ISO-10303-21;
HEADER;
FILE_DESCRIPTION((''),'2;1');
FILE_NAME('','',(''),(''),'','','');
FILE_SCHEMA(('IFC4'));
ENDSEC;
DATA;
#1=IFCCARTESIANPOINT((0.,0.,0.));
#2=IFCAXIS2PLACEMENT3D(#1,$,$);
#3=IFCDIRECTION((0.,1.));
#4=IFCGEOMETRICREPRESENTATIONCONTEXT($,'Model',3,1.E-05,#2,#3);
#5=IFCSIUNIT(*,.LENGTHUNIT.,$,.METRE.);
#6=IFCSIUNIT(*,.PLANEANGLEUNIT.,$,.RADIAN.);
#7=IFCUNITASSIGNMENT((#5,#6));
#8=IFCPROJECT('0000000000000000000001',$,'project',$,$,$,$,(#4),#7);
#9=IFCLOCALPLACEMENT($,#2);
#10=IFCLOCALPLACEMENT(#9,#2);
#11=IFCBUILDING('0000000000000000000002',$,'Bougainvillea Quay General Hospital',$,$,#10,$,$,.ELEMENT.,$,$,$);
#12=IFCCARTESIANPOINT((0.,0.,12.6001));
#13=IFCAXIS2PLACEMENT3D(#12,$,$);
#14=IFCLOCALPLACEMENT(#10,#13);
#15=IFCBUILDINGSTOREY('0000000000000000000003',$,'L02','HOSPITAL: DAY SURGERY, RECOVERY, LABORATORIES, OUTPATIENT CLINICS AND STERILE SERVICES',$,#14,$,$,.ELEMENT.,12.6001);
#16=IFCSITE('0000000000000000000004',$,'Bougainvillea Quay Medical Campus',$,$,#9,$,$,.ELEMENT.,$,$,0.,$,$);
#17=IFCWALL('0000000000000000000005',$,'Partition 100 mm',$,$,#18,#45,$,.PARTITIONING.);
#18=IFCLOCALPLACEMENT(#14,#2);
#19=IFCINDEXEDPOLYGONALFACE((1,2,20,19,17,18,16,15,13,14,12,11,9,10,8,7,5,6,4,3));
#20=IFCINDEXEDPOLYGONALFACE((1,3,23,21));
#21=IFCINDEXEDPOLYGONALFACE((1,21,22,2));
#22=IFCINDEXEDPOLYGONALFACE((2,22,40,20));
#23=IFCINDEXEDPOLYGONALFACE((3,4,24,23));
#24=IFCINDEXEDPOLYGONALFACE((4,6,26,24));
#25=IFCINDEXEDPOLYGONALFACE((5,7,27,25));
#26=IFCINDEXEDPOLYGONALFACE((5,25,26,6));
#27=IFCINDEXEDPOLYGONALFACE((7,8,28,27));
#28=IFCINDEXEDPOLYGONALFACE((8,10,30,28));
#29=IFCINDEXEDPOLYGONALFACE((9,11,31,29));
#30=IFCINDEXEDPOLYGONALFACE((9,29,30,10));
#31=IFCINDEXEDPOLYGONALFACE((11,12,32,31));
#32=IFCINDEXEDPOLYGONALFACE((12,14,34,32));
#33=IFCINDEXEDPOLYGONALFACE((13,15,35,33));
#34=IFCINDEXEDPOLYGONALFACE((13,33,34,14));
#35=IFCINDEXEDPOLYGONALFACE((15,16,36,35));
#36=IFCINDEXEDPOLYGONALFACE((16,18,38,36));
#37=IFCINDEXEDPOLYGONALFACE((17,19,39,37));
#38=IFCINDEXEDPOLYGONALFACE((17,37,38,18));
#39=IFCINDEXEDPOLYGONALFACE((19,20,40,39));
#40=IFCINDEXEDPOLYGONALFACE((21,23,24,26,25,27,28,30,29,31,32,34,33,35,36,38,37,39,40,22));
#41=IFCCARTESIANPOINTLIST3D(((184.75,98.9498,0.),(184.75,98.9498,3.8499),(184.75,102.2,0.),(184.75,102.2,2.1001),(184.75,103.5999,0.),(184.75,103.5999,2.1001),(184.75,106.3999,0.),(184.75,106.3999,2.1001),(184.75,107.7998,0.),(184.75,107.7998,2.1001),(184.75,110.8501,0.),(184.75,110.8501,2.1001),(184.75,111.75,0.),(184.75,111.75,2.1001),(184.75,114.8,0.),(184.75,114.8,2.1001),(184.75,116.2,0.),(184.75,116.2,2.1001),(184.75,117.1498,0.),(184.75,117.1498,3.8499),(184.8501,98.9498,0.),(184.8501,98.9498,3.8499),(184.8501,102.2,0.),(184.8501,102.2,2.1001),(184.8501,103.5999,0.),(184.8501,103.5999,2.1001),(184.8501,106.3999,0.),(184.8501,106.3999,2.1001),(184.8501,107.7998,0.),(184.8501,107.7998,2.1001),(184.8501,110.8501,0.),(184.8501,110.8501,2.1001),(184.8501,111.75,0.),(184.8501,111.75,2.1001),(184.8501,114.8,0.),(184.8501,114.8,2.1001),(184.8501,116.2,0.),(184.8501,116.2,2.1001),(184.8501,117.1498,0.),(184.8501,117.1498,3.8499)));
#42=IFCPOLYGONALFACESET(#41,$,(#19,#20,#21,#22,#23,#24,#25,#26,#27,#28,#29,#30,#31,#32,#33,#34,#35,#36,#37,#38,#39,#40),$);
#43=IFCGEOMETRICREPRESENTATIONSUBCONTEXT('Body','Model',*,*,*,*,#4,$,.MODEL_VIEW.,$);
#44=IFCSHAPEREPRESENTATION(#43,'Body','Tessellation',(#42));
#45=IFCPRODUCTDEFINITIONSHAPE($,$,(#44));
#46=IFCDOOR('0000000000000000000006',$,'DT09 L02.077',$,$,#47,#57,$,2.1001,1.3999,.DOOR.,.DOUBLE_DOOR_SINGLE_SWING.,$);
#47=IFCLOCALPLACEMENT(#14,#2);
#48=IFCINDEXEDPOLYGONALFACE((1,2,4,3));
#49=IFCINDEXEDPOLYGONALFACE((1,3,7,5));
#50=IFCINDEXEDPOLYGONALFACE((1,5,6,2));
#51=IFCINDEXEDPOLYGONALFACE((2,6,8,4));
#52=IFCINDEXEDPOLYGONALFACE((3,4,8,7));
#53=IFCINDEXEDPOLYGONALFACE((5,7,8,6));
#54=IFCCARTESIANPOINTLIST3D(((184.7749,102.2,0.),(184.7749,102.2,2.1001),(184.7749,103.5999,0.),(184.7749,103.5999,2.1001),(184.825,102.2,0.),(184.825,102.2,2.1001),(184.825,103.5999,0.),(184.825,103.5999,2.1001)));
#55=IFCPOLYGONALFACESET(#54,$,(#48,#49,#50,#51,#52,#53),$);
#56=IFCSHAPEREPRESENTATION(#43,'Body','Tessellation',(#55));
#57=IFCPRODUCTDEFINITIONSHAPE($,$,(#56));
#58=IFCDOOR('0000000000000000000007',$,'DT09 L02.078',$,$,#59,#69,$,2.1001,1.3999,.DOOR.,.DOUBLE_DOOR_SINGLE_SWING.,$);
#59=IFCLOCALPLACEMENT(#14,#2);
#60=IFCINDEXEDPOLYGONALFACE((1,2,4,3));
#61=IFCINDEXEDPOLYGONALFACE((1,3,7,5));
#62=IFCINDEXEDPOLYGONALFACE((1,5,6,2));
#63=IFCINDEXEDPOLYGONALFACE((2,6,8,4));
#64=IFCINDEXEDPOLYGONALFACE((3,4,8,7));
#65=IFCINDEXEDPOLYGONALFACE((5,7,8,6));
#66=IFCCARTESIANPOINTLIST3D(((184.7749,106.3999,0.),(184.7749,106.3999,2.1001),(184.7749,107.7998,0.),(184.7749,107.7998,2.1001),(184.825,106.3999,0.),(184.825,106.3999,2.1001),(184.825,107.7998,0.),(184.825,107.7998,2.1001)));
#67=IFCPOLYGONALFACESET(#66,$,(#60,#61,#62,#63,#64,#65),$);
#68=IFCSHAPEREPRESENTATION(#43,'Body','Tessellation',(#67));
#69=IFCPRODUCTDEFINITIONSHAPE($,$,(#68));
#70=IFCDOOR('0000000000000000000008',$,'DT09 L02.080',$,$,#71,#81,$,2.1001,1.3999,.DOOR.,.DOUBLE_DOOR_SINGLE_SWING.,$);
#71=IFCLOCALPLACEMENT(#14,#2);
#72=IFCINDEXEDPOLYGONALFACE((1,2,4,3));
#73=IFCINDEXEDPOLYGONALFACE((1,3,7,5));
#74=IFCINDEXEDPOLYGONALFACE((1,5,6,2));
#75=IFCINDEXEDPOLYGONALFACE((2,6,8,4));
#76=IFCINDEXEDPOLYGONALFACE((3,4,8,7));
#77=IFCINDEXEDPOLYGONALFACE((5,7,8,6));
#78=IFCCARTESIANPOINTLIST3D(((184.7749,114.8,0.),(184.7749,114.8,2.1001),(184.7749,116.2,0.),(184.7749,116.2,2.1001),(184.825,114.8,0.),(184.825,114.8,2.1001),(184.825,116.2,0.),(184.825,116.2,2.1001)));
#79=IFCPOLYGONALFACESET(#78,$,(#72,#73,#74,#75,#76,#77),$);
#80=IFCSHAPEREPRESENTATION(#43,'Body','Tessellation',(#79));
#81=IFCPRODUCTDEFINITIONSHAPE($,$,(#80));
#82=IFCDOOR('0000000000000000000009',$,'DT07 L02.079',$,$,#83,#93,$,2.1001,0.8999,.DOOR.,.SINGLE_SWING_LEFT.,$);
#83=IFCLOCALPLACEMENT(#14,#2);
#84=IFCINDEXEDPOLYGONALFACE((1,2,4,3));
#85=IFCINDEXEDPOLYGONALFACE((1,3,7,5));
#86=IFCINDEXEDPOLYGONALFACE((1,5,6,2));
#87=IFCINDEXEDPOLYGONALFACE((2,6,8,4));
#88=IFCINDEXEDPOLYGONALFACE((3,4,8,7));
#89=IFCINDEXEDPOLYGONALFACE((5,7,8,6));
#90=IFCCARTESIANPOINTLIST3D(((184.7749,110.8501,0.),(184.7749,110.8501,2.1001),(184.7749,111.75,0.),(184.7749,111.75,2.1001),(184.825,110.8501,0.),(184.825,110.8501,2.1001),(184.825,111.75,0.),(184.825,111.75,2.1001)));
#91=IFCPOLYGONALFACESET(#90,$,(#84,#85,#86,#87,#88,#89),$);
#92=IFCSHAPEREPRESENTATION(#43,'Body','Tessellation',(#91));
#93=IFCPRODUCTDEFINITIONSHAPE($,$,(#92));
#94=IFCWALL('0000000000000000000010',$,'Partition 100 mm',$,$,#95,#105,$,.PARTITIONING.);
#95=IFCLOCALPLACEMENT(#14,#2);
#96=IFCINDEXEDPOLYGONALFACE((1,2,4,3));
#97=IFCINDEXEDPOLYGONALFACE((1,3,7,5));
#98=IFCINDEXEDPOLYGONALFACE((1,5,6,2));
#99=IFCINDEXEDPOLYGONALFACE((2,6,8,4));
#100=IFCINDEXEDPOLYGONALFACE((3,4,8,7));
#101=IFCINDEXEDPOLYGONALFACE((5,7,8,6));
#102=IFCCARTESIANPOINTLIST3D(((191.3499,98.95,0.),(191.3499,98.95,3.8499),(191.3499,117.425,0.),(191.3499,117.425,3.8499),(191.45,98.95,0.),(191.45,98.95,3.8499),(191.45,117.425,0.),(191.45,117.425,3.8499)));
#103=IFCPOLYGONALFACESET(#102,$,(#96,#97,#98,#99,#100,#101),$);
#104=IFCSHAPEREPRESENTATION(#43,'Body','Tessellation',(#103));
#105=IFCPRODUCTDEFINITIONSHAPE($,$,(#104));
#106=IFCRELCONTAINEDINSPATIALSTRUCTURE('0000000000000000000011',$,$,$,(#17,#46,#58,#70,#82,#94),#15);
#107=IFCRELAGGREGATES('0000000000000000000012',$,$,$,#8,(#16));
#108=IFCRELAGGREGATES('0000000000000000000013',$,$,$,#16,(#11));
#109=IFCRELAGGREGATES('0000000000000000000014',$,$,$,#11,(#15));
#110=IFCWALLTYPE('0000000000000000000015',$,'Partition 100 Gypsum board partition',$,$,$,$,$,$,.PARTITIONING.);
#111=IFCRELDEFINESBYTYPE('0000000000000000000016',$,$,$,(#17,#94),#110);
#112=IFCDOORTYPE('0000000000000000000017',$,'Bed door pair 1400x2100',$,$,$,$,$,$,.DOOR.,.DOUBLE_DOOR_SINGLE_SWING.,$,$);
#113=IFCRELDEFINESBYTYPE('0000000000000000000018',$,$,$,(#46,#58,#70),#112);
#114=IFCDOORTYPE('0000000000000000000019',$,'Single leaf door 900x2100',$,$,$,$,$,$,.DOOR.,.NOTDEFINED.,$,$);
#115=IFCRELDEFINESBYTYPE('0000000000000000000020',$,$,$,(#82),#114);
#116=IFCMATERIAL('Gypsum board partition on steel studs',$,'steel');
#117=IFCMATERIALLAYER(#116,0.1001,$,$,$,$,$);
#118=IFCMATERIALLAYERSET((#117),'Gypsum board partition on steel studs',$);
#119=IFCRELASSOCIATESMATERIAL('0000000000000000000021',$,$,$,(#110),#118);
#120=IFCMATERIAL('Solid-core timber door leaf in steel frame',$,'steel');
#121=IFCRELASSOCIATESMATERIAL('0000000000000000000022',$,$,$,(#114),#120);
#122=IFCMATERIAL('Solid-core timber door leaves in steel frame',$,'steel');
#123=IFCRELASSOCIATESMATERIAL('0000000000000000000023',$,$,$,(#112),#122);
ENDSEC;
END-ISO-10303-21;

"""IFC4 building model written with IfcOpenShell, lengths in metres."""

from ifc_helpers import new_model, si_unit, direction, frame, frame_2d, origin, place, context, subcontext, project, spatial, rectangle, extrude, material, layer, layer_set, type_object, element, fill, save


model = new_model("IFC4")

# Units and contexts
model_context = context("Model", 3, precision=1e-05, world=origin(), true_north=direction((0.0, 1.0)))
body_context = subcontext(model_context, "Body", "Model", "MODEL_VIEW")
ifc_project = project(units=[si_unit("LENGTHUNIT", "METRE"), si_unit("PLANEANGLEUNIT", "RADIAN")], contexts=[model_context])

# Site, building, storey
site_placement = place(None, origin())
site = spatial("IfcSite", under=ifc_project, at=site_placement, Name="Bougainvillea Quay Medical Campus", CompositionType="ELEMENT", RefElevation=0.0)
building_placement = place(site_placement, origin())
building = spatial("IfcBuilding", under=site, at=building_placement, Name="Bougainvillea Quay General Hospital", CompositionType="ELEMENT")
storey_placement = place(building_placement, frame((0.0, 0.0, 12.6001)))
storey = spatial("IfcBuildingStorey", under=building, at=storey_placement, Name="L02", Description="HOSPITAL: DAY SURGERY, RECOVERY, LABORATORIES, OUTPATIENT CLINICS AND STERILE SERVICES", CompositionType="ELEMENT", Elevation=12.6001)

# Wall, openings, doors
ifc_material_1 = material(Name="Gypsum board partition on steel studs", Category="steel")
ifc_layer_1 = layer(ifc_material_1, 0.1001)
ifc_layer_set_1 = layer_set([ifc_layer_1], Name="Gypsum board partition on steel studs")
wall_type_1 = type_object("IfcWallType", Name="Partition 100 Gypsum board partition", PredefinedType="PARTITIONING", material=ifc_layer_set_1)
ifc_material_2 = material(Name="Solid-core timber door leaf in steel frame", Category="steel")
door_type_1 = type_object("IfcDoorType", Name="Single leaf door 900x2100", OperationType="NOTDEFINED", PredefinedType="DOOR", material=ifc_material_2)
wall_1_placement = place(storey_placement, frame((184.8, 117.1499, 0.0), z_axis=(0.0, 0.0, 1.0), x_axis=(0.0, -1.0, 0.0)))
wall_1 = element("IfcWall", 1, at=wall_1_placement, inside=storey, type_object=wall_type_1, Name="Partition 100 mm", PredefinedType="PARTITIONING", context=body_context, shape_type="SweptSolid", body=[
    extrude(rectangle(XDim=18.2, YDim=0.1001, at=frame_2d((9.1001, 0.0))), origin(), (0.0, 0.0, 1.0), 3.8499),
])
opening_1_placement = place(wall_1_placement, frame((13.55, 0.0, 0.0)))
opening_1 = element("IfcOpeningElement", 2, at=opening_1_placement, cuts=wall_1, PredefinedType="OPENING", context=body_context, shape_type="SweptSolid", body=[
    extrude(rectangle(XDim=1.3999, YDim=2.1001, at=frame_2d((0.7, 1.05))), frame((0.0, 0.0601, 0.0), z_axis=(0.0, -1.0, 0.0), x_axis=(1.0, 0.0, 0.0)), (0.0, 0.0, 1.0), 0.1201),
])
opening_2_placement = place(wall_1_placement, frame((9.3501, 0.0, 0.0)))
opening_2 = element("IfcOpeningElement", 3, at=opening_2_placement, cuts=wall_1, PredefinedType="OPENING", context=body_context, shape_type="SweptSolid", body=[
    extrude(rectangle(XDim=1.3999, YDim=2.1001, at=frame_2d((0.7, 1.05))), frame((0.0, 0.0601, 0.0), z_axis=(0.0, -1.0, 0.0), x_axis=(1.0, 0.0, 0.0)), (0.0, 0.0, 1.0), 0.1201),
])
opening_3_placement = place(wall_1_placement, frame((5.3999, 0.0, 0.0)))
opening_3 = element("IfcOpeningElement", 4, at=opening_3_placement, cuts=wall_1, PredefinedType="OPENING", context=body_context, shape_type="SweptSolid", body=[
    extrude(rectangle(XDim=0.8999, YDim=2.1001, at=frame_2d((0.45, 1.05))), frame((0.0, 0.0601, 0.0), z_axis=(0.0, -1.0, 0.0), x_axis=(1.0, 0.0, 0.0)), (0.0, 0.0, 1.0), 0.1201),
])
opening_4_placement = place(wall_1_placement, frame((0.95, 0.0, 0.0)))
opening_4 = element("IfcOpeningElement", 5, at=opening_4_placement, cuts=wall_1, PredefinedType="OPENING", context=body_context, shape_type="SweptSolid", body=[
    extrude(rectangle(XDim=1.3999, YDim=2.1001, at=frame_2d((0.7, 1.05))), frame((0.0, 0.0601, 0.0), z_axis=(0.0, -1.0, 0.0), x_axis=(1.0, 0.0, 0.0)), (0.0, 0.0, 1.0), 0.1201),
])
ifc_material_3 = material(Name="Solid-core timber door leaves in steel frame", Category="steel")
door_type_2 = type_object("IfcDoorType", Name="Bed door pair 1400x2100", OperationType="DOUBLE_DOOR_SINGLE_SWING", PredefinedType="DOOR", material=ifc_material_3)
door_1_placement = place(opening_1_placement, origin())
door_1 = element("IfcDoor", 6, at=door_1_placement, inside=storey, type_object=door_type_2, Name="DT09 L02.077", OperationType="DOUBLE_DOOR_SINGLE_SWING", OverallHeight=2.1001, OverallWidth=1.3999, PredefinedType="DOOR", context=body_context, shape_type="SweptSolid", body=[
    extrude(rectangle(XDim=1.3999, YDim=2.1001, at=frame_2d((0.7, 1.05))), frame((0.0, 0.0249, 0.0), z_axis=(0.0, -1.0, 0.0), x_axis=(1.0, 0.0, 0.0)), (0.0, 0.0, 1.0), 0.05),
])
fill(opening_1, door_1)
door_2_placement = place(opening_2_placement, origin())
door_2 = element("IfcDoor", 7, at=door_2_placement, inside=storey, type_object=door_type_2, Name="DT09 L02.078", OperationType="DOUBLE_DOOR_SINGLE_SWING", OverallHeight=2.1001, OverallWidth=1.3999, PredefinedType="DOOR", context=body_context, shape_type="SweptSolid", body=[
    extrude(rectangle(XDim=1.3999, YDim=2.1001, at=frame_2d((0.7, 1.05))), frame((0.0, 0.0249, 0.0), z_axis=(0.0, -1.0, 0.0), x_axis=(1.0, 0.0, 0.0)), (0.0, 0.0, 1.0), 0.05),
])
fill(opening_2, door_2)
door_3_placement = place(opening_4_placement, origin())
door_3 = element("IfcDoor", 8, at=door_3_placement, inside=storey, type_object=door_type_2, Name="DT09 L02.080", OperationType="DOUBLE_DOOR_SINGLE_SWING", OverallHeight=2.1001, OverallWidth=1.3999, PredefinedType="DOOR", context=body_context, shape_type="SweptSolid", body=[
    extrude(rectangle(XDim=1.3999, YDim=2.1001, at=frame_2d((0.7, 1.05))), frame((0.0, 0.0249, 0.0), z_axis=(0.0, -1.0, 0.0), x_axis=(1.0, 0.0, 0.0)), (0.0, 0.0, 1.0), 0.05),
])
fill(opening_4, door_3)
door_4_placement = place(opening_3_placement, origin())
door_4 = element("IfcDoor", 9, at=door_4_placement, inside=storey, type_object=door_type_1, Name="DT07 L02.079", OperationType="SINGLE_SWING_LEFT", OverallHeight=2.1001, OverallWidth=0.8999, PredefinedType="DOOR", context=body_context, shape_type="SweptSolid", body=[
    extrude(rectangle(XDim=0.8999, YDim=2.1001, at=frame_2d((0.45, 1.05))), frame((0.0, 0.0249, 0.0), z_axis=(0.0, -1.0, 0.0), x_axis=(1.0, 0.0, 0.0)), (0.0, 0.0, 1.0), 0.05),
])
fill(opening_3, door_4)

# Wall
wall_2_placement = place(storey_placement, frame((191.3999, 117.425, 0.0), z_axis=(0.0, 0.0, 1.0), x_axis=(0.0, -1.0, 0.0)))
element("IfcWall", 10, at=wall_2_placement, inside=storey, type_object=wall_type_1, Name="Partition 100 mm", PredefinedType="PARTITIONING", context=body_context, shape_type="SweptSolid", body=[
    extrude(rectangle(XDim=18.4751, YDim=0.1001, at=frame_2d((9.2375, 0.0))), origin(), (0.0, 0.0, 1.0), 3.8499),
])

save(model, "model.ifc")
